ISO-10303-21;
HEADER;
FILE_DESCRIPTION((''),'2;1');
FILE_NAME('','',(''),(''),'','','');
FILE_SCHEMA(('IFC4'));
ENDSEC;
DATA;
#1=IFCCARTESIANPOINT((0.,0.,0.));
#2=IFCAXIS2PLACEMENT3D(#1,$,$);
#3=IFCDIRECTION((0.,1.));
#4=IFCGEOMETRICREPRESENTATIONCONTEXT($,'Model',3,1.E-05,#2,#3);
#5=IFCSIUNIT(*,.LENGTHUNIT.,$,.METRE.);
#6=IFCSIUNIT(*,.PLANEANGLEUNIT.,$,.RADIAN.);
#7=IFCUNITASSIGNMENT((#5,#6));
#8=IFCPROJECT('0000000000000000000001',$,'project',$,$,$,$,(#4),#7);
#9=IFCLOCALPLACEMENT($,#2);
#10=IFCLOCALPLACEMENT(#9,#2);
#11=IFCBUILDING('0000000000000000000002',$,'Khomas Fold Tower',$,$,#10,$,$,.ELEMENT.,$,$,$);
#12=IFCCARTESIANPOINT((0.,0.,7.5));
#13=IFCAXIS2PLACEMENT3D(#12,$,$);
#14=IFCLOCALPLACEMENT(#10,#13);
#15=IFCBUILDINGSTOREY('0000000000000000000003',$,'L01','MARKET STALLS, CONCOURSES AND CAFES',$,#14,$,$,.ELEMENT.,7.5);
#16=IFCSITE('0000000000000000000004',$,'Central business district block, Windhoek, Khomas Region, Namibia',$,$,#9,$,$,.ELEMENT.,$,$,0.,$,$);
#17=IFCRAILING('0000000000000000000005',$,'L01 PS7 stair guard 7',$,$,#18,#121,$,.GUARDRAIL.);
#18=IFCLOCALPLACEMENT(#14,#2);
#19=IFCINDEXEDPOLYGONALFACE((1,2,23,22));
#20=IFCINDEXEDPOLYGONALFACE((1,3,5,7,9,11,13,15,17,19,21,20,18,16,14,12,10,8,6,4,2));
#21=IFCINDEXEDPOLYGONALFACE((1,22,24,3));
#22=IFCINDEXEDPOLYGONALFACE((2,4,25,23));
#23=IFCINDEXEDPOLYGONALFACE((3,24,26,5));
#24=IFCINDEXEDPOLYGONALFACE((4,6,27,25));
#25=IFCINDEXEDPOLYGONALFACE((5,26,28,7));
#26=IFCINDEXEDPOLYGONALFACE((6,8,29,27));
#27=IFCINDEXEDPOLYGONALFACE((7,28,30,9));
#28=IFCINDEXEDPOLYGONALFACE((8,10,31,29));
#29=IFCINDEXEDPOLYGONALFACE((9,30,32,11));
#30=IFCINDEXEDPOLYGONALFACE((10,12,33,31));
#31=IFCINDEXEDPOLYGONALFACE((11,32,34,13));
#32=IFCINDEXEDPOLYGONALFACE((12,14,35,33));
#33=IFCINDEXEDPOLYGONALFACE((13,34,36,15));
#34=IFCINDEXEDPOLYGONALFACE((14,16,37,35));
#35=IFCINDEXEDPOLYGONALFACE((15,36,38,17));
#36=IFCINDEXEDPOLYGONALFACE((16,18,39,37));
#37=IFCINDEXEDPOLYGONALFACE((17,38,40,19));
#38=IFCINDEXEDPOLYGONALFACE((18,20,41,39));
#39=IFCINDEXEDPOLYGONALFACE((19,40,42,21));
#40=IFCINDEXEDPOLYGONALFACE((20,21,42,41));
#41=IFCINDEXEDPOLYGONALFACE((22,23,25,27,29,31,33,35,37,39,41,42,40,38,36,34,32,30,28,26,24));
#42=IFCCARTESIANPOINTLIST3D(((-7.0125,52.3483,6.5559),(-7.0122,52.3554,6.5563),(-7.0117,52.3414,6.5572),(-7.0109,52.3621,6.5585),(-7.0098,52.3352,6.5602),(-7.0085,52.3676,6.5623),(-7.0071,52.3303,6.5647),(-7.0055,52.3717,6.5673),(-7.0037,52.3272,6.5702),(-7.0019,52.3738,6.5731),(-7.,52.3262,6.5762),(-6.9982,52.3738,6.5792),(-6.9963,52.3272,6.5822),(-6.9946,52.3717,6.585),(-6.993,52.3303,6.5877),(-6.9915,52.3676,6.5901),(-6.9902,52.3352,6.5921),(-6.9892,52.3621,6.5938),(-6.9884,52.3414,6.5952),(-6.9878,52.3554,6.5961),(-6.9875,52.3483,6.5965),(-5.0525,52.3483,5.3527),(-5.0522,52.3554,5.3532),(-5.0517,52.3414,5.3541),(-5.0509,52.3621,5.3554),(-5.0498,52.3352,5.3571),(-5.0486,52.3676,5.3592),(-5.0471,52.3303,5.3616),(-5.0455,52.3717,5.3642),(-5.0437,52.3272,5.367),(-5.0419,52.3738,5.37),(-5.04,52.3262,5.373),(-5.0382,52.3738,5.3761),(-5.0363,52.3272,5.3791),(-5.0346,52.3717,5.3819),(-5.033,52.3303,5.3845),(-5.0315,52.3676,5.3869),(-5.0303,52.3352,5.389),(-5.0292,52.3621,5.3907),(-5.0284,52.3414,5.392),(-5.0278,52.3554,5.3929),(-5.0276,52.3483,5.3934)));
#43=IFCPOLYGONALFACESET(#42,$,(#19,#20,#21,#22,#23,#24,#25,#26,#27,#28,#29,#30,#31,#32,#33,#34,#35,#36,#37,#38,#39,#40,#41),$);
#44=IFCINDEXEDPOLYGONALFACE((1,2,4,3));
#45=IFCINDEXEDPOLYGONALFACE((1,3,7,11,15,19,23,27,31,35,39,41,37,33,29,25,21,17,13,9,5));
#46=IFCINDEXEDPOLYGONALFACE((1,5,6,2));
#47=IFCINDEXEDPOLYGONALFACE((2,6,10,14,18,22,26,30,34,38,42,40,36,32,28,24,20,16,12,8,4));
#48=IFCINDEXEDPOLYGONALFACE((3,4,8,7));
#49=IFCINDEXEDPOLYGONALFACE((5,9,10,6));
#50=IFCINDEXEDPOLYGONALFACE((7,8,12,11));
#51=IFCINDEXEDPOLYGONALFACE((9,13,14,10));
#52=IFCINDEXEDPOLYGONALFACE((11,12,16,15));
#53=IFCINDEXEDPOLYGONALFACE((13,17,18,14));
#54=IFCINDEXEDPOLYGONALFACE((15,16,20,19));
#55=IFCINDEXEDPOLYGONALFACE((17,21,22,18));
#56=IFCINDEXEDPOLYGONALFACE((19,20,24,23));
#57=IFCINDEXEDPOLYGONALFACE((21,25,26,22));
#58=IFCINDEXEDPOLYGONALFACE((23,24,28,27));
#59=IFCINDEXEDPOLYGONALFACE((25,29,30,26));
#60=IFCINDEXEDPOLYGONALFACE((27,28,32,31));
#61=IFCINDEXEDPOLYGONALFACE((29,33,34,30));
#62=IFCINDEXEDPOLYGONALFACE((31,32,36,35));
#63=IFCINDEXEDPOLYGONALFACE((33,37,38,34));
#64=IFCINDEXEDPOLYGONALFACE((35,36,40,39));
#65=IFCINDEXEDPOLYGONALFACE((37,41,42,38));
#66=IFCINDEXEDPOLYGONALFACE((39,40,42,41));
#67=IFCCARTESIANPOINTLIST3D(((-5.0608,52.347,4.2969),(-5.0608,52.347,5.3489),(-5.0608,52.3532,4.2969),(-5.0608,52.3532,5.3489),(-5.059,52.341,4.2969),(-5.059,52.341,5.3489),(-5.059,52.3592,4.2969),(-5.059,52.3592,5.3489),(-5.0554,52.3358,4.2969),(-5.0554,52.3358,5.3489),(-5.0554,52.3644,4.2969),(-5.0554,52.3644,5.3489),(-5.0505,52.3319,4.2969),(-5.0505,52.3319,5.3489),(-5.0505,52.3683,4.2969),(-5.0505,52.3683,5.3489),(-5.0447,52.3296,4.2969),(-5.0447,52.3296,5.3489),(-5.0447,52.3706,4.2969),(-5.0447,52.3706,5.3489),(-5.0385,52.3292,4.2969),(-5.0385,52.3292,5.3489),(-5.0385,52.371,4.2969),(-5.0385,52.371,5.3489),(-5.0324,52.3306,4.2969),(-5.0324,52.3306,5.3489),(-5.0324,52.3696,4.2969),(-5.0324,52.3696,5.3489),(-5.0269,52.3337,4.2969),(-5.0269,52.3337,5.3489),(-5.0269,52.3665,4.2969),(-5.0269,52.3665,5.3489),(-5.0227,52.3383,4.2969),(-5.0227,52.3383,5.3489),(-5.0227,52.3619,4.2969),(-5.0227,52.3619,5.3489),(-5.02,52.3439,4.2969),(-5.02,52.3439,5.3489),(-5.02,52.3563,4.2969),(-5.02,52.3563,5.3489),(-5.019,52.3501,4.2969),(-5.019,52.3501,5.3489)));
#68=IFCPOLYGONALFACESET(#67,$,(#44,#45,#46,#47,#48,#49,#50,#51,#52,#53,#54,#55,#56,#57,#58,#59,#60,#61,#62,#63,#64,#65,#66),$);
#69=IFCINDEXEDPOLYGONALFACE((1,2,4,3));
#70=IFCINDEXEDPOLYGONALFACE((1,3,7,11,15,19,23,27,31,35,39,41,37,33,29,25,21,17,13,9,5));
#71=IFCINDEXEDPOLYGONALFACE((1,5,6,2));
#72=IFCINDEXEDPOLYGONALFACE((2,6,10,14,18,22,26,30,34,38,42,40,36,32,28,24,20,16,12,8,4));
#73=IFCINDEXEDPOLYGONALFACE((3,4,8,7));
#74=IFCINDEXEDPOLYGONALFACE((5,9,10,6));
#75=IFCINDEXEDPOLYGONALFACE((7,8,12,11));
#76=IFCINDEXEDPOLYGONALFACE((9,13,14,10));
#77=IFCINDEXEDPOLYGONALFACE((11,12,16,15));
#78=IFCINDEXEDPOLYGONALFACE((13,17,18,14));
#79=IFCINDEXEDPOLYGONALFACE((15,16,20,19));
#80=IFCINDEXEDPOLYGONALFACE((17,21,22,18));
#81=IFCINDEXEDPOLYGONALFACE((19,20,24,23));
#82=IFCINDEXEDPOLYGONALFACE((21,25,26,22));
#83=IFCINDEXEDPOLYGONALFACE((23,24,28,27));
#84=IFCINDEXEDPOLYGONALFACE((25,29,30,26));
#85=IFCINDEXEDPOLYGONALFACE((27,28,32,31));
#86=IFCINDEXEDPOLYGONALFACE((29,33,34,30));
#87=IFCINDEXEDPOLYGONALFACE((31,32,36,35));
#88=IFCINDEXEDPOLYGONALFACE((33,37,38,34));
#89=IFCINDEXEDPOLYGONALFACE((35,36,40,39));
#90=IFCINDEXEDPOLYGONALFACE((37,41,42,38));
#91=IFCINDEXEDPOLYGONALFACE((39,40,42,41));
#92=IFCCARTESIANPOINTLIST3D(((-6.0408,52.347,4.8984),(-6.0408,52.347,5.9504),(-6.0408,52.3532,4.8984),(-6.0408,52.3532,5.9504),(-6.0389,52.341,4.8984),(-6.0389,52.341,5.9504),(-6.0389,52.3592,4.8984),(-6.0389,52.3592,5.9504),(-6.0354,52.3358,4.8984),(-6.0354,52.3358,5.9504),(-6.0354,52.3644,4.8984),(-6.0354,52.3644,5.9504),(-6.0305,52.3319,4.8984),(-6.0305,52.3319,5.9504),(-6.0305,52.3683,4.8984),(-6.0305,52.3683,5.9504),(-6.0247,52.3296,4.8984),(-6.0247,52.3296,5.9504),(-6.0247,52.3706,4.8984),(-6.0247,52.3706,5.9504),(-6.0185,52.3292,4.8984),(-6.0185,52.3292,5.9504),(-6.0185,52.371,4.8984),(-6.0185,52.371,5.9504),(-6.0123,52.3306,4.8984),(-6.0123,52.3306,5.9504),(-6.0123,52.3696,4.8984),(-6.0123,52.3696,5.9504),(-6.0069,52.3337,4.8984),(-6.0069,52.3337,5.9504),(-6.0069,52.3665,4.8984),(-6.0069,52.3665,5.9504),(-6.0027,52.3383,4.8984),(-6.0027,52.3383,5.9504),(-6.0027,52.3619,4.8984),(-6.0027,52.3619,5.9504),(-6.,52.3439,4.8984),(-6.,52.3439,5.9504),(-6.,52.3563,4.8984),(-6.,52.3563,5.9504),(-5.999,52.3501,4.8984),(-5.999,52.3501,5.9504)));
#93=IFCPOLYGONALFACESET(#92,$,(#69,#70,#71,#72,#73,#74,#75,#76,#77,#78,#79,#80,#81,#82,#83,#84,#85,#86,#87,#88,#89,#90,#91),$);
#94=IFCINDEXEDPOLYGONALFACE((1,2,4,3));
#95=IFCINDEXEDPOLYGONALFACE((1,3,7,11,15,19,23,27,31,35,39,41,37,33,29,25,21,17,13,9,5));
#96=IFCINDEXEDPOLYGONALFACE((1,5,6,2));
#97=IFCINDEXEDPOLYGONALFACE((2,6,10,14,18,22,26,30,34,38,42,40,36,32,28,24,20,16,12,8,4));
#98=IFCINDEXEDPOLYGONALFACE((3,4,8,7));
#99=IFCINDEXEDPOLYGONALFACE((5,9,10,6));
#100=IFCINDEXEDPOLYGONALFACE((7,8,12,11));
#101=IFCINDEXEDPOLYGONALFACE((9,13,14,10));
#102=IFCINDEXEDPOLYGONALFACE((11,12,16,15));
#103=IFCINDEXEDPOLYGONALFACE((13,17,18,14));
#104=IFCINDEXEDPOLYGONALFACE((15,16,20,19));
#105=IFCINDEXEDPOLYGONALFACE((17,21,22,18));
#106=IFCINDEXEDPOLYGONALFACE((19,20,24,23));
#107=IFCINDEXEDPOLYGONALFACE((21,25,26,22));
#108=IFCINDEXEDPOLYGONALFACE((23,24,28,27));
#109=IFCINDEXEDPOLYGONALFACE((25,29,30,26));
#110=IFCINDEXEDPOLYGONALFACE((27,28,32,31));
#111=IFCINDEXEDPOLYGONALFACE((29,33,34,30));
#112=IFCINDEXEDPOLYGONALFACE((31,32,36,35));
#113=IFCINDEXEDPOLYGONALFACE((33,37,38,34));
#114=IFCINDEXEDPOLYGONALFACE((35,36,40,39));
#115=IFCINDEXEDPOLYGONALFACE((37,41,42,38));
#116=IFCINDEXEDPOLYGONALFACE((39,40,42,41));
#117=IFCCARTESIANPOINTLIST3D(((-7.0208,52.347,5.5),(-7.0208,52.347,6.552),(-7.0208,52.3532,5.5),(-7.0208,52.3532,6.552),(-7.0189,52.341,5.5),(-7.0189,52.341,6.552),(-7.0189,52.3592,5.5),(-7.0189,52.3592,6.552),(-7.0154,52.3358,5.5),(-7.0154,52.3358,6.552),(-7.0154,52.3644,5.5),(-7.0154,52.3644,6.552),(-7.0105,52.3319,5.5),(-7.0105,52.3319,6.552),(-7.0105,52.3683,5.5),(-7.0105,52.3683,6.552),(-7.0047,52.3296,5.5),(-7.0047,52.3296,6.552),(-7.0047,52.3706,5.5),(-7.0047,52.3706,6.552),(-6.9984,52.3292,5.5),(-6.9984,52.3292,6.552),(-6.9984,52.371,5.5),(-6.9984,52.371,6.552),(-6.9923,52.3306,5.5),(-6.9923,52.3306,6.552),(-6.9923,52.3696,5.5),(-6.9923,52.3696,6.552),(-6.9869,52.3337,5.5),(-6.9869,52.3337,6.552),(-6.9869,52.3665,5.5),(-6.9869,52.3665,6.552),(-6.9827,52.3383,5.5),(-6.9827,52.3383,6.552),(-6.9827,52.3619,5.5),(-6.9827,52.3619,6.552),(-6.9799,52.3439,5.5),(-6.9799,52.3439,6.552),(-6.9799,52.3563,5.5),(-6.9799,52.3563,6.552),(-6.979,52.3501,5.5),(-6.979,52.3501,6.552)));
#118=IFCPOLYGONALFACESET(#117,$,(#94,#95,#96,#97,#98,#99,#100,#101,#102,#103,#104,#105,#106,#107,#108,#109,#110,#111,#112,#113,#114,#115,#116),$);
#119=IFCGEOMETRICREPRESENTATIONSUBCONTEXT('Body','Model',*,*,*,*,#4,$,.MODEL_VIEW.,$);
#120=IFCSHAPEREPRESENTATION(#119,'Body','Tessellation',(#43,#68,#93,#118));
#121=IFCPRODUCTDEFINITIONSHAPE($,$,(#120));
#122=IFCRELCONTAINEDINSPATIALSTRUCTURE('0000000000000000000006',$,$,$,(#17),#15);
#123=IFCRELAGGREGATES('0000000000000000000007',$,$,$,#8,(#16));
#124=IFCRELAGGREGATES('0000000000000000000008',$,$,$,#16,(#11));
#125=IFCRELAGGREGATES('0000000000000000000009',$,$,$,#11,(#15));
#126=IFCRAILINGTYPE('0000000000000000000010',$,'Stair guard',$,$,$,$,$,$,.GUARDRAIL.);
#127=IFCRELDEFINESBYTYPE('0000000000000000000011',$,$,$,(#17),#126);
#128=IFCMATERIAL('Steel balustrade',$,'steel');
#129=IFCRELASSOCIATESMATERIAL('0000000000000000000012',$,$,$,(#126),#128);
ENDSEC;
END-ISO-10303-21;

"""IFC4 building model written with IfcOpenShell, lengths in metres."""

from ifc_helpers import new_model, si_unit, direction, frame, origin, origin_2d, place, context, subcontext, project, spatial, circle, extrude, source, transform, mapped, material, type_object, element, save


model = new_model("IFC4")

# Units and contexts
model_context = context("Model", 3, precision=1e-05, world=origin(), true_north=direction((0.0, 1.0)))
body_context = subcontext(model_context, "Body", "Model", "MODEL_VIEW")
ifc_project = project(units=[si_unit("LENGTHUNIT", "METRE"), si_unit("PLANEANGLEUNIT", "RADIAN")], contexts=[model_context])

# Site, building, storey
site_placement = place(None, origin())
site = spatial("IfcSite", under=ifc_project, at=site_placement, Name="Central business district block, Windhoek, Khomas Region, Namibia", CompositionType="ELEMENT", RefElevation=0.0)
building_placement = place(site_placement, origin())
building = spatial("IfcBuilding", under=site, at=building_placement, Name="Khomas Fold Tower", CompositionType="ELEMENT")
storey_placement = place(building_placement, frame((0.0, 0.0, 7.5)))
storey = spatial("IfcBuildingStorey", under=building, at=storey_placement, Name="L01", Description="MARKET STALLS, CONCOURSES AND CAFES", CompositionType="ELEMENT", Elevation=7.5)

# Railing
ifc_material_1 = material(Name="Steel balustrade", Category="steel")
railing_type_1 = type_object("IfcRailingType", Name="Stair guard", PredefinedType="GUARDRAIL", material=ifc_material_1)
shared_shape_1 = source(origin(), body_context, "Body", "SweptSolid", [
    extrude(circle(Radius=0.0239, at=origin_2d()), frame((0.0, 0.0, 1.0762), z_axis=(-0.852241, 0.0, 0.523149), x_axis=(0.0, -1.0, 0.0)), (0.0, 0.0, 1.0), 2.2998),
    extrude(circle(Radius=0.021, at=origin_2d()), origin(), (0.0, 0.0, 1.0), 1.052),
    extrude(circle(Radius=0.021, at=origin_2d()), frame((-0.98, 0.0, 0.6016)), (0.0, 0.0, 1.0), 1.052),
    extrude(circle(Radius=0.021, at=origin_2d()), frame((-1.96, 0.0, 1.2031)), (0.0, 0.0, 1.0), 1.052),
])
for number, where, name in (
    (1, (-5.04, 52.3501, 4.2969), "L01 PS7 stair guard 7"),
):
    element("IfcRailing", number, at=place(storey_placement, frame(where)), inside=storey, type_object=railing_type_1, Name=name, PredefinedType="GUARDRAIL", context=body_context, shape_type="MappedRepresentation", body=[
        mapped(shared_shape_1, transform((0.0, 0.0, 0.0))),
    ])

save(model, "model.ifc")
